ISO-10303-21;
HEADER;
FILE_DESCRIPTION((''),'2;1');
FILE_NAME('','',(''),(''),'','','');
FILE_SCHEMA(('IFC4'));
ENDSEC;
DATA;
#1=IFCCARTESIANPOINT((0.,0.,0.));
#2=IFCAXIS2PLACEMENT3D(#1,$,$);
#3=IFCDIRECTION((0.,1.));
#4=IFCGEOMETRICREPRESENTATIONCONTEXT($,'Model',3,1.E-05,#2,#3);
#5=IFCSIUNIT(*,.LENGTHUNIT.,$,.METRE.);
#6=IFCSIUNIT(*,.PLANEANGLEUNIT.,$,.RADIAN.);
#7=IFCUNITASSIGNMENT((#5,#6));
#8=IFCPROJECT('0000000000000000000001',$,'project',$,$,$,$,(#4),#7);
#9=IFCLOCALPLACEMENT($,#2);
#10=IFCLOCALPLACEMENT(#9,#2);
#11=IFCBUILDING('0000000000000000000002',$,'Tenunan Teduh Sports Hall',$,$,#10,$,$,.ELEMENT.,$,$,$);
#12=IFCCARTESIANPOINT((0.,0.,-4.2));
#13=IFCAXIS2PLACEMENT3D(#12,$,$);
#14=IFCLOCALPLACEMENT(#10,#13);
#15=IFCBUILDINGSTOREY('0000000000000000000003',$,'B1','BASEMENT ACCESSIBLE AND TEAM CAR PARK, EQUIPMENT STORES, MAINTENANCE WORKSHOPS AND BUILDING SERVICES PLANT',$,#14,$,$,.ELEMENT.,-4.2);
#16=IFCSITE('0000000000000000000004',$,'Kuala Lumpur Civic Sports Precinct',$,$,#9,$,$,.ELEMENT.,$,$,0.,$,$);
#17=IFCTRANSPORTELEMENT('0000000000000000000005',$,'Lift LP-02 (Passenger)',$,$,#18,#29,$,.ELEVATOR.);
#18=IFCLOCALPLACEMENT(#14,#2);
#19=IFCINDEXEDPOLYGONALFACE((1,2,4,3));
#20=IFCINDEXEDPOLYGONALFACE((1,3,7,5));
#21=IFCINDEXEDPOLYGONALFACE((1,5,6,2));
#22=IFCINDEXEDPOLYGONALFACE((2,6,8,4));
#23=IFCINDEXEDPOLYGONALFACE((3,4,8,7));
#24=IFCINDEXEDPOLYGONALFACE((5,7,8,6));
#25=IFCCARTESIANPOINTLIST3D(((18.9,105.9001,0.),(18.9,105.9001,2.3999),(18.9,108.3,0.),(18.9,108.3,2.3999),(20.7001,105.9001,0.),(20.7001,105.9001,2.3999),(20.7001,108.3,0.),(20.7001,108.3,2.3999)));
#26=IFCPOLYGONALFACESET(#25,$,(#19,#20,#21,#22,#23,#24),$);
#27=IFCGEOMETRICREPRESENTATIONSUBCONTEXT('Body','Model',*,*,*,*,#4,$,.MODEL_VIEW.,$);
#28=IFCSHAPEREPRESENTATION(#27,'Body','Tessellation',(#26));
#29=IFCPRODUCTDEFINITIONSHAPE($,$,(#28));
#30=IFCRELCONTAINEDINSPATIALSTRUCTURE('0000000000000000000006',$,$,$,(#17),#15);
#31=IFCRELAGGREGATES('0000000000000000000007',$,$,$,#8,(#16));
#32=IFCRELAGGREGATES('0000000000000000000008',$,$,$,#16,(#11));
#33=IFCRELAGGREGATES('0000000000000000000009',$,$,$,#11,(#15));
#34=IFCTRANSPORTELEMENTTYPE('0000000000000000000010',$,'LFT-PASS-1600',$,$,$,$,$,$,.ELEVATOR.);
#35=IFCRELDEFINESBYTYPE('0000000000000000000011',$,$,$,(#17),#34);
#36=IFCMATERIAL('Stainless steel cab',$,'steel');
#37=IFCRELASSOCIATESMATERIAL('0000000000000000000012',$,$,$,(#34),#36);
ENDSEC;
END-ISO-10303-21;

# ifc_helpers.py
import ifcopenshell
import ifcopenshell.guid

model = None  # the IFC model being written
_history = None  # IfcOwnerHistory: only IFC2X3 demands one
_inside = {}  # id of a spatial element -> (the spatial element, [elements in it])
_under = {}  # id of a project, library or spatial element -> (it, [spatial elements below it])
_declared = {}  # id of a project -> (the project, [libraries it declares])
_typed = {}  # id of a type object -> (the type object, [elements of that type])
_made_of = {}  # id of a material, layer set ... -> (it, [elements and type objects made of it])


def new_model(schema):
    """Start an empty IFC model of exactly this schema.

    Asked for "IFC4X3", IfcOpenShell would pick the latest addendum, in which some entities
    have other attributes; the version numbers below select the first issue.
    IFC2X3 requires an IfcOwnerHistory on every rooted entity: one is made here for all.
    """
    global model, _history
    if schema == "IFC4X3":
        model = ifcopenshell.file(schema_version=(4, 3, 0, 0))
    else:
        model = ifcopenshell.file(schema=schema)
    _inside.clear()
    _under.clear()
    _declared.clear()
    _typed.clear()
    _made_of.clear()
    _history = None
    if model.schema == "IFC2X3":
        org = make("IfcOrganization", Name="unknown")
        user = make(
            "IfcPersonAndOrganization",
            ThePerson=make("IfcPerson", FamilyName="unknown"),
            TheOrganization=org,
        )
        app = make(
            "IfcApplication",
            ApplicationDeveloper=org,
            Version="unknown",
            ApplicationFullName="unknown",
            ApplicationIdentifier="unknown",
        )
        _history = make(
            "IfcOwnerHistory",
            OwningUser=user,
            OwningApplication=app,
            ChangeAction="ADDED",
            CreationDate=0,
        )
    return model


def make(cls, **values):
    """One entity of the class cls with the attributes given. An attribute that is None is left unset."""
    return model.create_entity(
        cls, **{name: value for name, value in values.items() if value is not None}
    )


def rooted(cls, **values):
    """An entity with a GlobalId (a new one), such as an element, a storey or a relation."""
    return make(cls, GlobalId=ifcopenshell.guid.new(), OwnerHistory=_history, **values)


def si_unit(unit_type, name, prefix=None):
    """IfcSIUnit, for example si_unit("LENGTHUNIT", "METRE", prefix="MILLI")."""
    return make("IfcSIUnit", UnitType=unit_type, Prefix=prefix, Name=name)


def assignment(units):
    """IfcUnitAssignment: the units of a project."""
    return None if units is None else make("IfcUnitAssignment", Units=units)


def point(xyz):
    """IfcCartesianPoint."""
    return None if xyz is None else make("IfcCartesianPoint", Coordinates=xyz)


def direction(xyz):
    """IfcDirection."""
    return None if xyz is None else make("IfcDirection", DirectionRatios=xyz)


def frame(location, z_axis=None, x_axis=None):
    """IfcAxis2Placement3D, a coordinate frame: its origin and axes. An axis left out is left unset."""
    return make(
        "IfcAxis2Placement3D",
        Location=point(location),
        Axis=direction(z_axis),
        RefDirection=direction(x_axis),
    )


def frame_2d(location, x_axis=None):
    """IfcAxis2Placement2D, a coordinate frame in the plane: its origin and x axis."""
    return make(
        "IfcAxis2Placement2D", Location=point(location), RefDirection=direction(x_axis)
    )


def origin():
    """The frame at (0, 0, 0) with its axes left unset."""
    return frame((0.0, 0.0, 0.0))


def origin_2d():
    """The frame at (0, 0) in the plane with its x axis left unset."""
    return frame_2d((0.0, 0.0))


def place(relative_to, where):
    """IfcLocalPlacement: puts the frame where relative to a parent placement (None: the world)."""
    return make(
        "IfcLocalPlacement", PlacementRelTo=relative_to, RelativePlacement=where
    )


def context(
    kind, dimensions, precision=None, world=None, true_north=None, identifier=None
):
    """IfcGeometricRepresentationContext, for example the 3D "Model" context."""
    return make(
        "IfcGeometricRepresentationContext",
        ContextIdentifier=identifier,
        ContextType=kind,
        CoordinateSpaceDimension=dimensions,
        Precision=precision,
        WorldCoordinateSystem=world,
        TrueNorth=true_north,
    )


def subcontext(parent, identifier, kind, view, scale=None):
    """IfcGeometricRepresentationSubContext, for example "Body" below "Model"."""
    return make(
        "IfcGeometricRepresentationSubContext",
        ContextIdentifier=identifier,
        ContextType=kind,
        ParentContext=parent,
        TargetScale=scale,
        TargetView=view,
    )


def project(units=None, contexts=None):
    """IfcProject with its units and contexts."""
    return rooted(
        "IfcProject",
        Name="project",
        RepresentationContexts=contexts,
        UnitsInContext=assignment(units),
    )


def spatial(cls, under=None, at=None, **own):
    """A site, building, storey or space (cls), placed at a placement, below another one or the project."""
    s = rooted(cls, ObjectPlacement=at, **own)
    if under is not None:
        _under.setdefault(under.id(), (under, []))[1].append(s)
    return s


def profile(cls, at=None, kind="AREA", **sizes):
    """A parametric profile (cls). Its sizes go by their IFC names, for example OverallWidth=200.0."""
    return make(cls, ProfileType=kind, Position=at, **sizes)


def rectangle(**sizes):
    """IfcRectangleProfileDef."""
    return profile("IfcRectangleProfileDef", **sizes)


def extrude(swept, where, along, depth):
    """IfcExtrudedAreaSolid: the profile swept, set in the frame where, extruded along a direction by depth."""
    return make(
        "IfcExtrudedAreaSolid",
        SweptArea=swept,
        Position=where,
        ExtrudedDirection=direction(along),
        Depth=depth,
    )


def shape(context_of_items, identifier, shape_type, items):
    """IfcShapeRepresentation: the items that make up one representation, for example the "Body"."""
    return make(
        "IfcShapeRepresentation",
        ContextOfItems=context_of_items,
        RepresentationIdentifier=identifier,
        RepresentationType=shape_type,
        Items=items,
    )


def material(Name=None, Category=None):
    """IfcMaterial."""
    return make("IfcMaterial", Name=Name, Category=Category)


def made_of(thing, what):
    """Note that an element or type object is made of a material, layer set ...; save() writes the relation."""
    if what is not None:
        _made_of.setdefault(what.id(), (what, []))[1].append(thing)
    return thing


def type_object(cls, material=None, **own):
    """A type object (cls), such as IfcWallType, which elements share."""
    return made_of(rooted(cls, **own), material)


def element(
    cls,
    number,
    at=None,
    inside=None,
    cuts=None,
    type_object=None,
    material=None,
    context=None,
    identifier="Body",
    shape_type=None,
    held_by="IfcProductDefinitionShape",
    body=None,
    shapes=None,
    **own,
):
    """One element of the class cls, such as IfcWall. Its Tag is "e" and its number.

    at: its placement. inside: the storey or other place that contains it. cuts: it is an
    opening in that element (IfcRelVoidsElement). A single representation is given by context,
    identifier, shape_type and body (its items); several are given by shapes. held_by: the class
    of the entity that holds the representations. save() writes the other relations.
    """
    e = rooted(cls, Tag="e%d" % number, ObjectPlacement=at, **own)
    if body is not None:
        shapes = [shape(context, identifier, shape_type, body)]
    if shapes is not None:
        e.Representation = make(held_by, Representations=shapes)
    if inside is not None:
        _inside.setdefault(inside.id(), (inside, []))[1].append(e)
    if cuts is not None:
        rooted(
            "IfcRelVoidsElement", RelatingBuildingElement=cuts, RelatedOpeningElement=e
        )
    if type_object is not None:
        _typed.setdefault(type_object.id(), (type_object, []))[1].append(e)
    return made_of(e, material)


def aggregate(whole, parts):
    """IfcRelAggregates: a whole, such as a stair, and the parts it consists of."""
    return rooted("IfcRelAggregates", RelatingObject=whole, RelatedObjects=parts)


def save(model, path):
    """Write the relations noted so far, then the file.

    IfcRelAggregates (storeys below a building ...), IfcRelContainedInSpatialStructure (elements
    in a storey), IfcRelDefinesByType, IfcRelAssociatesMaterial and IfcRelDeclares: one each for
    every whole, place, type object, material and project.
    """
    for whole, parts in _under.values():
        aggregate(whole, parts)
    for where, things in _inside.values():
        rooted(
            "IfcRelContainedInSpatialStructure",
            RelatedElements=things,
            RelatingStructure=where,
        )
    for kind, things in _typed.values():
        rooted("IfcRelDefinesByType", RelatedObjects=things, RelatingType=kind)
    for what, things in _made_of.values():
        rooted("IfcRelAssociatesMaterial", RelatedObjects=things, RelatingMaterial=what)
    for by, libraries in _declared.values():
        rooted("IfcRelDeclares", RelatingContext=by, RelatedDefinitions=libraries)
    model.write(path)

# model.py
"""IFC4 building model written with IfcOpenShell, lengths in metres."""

from ifc_helpers import new_model, si_unit, direction, frame, origin, origin_2d, place, context, subcontext, project, spatial, rectangle, extrude, material, type_object, element, save


model = new_model("IFC4")

# Units and contexts
model_context = context("Model", 3, precision=1e-05, world=origin(), true_north=direction((0.0, 1.0)))
body_context = subcontext(model_context, "Body", "Model", "MODEL_VIEW")
ifc_project = project(units=[si_unit("LENGTHUNIT", "METRE"), si_unit("PLANEANGLEUNIT", "RADIAN")], contexts=[model_context])

# Site, building, storey
site_placement = place(None, origin())
site = spatial("IfcSite", under=ifc_project, at=site_placement, Name="Kuala Lumpur Civic Sports Precinct", CompositionType="ELEMENT", RefElevation=0.0)
building_placement = place(site_placement, origin())
building = spatial("IfcBuilding", under=site, at=building_placement, Name="Tenunan Teduh Sports Hall", CompositionType="ELEMENT")
storey_placement = place(building_placement, frame((0.0, 0.0, -4.2)))
storey = spatial("IfcBuildingStorey", under=building, at=storey_placement, Name="B1", Description="BASEMENT ACCESSIBLE AND TEAM CAR PARK, EQUIPMENT STORES, MAINTENANCE WORKSHOPS AND BUILDING SERVICES PLANT", CompositionType="ELEMENT", Elevation=-4.2)

# Transport element
ifc_material_1 = material(Name="Stainless steel cab", Category="steel")
transport_element_type = type_object("IfcTransportElementType", Name="LFT-PASS-1600", PredefinedType="ELEVATOR", material=ifc_material_1)
for number, where, z_axis, x_axis, name in (
    (1, (19.8, 107.1001, 0.0), (0.0, 0.0, 1.0), (1.0, 0.0, 0.0), "Lift LP-02 (Passenger)"),
):
    element("IfcTransportElement", number, at=place(storey_placement, frame(where, z_axis=z_axis, x_axis=x_axis)), inside=storey, type_object=transport_element_type, Name=name, PredefinedType="ELEVATOR", context=body_context, shape_type="SweptSolid", body=[
        extrude(rectangle(XDim=1.8, YDim=2.3999, at=origin_2d()), origin(), (0.0, 0.0, 1.0), 2.3999),
    ])

save(model, "model.ifc")
